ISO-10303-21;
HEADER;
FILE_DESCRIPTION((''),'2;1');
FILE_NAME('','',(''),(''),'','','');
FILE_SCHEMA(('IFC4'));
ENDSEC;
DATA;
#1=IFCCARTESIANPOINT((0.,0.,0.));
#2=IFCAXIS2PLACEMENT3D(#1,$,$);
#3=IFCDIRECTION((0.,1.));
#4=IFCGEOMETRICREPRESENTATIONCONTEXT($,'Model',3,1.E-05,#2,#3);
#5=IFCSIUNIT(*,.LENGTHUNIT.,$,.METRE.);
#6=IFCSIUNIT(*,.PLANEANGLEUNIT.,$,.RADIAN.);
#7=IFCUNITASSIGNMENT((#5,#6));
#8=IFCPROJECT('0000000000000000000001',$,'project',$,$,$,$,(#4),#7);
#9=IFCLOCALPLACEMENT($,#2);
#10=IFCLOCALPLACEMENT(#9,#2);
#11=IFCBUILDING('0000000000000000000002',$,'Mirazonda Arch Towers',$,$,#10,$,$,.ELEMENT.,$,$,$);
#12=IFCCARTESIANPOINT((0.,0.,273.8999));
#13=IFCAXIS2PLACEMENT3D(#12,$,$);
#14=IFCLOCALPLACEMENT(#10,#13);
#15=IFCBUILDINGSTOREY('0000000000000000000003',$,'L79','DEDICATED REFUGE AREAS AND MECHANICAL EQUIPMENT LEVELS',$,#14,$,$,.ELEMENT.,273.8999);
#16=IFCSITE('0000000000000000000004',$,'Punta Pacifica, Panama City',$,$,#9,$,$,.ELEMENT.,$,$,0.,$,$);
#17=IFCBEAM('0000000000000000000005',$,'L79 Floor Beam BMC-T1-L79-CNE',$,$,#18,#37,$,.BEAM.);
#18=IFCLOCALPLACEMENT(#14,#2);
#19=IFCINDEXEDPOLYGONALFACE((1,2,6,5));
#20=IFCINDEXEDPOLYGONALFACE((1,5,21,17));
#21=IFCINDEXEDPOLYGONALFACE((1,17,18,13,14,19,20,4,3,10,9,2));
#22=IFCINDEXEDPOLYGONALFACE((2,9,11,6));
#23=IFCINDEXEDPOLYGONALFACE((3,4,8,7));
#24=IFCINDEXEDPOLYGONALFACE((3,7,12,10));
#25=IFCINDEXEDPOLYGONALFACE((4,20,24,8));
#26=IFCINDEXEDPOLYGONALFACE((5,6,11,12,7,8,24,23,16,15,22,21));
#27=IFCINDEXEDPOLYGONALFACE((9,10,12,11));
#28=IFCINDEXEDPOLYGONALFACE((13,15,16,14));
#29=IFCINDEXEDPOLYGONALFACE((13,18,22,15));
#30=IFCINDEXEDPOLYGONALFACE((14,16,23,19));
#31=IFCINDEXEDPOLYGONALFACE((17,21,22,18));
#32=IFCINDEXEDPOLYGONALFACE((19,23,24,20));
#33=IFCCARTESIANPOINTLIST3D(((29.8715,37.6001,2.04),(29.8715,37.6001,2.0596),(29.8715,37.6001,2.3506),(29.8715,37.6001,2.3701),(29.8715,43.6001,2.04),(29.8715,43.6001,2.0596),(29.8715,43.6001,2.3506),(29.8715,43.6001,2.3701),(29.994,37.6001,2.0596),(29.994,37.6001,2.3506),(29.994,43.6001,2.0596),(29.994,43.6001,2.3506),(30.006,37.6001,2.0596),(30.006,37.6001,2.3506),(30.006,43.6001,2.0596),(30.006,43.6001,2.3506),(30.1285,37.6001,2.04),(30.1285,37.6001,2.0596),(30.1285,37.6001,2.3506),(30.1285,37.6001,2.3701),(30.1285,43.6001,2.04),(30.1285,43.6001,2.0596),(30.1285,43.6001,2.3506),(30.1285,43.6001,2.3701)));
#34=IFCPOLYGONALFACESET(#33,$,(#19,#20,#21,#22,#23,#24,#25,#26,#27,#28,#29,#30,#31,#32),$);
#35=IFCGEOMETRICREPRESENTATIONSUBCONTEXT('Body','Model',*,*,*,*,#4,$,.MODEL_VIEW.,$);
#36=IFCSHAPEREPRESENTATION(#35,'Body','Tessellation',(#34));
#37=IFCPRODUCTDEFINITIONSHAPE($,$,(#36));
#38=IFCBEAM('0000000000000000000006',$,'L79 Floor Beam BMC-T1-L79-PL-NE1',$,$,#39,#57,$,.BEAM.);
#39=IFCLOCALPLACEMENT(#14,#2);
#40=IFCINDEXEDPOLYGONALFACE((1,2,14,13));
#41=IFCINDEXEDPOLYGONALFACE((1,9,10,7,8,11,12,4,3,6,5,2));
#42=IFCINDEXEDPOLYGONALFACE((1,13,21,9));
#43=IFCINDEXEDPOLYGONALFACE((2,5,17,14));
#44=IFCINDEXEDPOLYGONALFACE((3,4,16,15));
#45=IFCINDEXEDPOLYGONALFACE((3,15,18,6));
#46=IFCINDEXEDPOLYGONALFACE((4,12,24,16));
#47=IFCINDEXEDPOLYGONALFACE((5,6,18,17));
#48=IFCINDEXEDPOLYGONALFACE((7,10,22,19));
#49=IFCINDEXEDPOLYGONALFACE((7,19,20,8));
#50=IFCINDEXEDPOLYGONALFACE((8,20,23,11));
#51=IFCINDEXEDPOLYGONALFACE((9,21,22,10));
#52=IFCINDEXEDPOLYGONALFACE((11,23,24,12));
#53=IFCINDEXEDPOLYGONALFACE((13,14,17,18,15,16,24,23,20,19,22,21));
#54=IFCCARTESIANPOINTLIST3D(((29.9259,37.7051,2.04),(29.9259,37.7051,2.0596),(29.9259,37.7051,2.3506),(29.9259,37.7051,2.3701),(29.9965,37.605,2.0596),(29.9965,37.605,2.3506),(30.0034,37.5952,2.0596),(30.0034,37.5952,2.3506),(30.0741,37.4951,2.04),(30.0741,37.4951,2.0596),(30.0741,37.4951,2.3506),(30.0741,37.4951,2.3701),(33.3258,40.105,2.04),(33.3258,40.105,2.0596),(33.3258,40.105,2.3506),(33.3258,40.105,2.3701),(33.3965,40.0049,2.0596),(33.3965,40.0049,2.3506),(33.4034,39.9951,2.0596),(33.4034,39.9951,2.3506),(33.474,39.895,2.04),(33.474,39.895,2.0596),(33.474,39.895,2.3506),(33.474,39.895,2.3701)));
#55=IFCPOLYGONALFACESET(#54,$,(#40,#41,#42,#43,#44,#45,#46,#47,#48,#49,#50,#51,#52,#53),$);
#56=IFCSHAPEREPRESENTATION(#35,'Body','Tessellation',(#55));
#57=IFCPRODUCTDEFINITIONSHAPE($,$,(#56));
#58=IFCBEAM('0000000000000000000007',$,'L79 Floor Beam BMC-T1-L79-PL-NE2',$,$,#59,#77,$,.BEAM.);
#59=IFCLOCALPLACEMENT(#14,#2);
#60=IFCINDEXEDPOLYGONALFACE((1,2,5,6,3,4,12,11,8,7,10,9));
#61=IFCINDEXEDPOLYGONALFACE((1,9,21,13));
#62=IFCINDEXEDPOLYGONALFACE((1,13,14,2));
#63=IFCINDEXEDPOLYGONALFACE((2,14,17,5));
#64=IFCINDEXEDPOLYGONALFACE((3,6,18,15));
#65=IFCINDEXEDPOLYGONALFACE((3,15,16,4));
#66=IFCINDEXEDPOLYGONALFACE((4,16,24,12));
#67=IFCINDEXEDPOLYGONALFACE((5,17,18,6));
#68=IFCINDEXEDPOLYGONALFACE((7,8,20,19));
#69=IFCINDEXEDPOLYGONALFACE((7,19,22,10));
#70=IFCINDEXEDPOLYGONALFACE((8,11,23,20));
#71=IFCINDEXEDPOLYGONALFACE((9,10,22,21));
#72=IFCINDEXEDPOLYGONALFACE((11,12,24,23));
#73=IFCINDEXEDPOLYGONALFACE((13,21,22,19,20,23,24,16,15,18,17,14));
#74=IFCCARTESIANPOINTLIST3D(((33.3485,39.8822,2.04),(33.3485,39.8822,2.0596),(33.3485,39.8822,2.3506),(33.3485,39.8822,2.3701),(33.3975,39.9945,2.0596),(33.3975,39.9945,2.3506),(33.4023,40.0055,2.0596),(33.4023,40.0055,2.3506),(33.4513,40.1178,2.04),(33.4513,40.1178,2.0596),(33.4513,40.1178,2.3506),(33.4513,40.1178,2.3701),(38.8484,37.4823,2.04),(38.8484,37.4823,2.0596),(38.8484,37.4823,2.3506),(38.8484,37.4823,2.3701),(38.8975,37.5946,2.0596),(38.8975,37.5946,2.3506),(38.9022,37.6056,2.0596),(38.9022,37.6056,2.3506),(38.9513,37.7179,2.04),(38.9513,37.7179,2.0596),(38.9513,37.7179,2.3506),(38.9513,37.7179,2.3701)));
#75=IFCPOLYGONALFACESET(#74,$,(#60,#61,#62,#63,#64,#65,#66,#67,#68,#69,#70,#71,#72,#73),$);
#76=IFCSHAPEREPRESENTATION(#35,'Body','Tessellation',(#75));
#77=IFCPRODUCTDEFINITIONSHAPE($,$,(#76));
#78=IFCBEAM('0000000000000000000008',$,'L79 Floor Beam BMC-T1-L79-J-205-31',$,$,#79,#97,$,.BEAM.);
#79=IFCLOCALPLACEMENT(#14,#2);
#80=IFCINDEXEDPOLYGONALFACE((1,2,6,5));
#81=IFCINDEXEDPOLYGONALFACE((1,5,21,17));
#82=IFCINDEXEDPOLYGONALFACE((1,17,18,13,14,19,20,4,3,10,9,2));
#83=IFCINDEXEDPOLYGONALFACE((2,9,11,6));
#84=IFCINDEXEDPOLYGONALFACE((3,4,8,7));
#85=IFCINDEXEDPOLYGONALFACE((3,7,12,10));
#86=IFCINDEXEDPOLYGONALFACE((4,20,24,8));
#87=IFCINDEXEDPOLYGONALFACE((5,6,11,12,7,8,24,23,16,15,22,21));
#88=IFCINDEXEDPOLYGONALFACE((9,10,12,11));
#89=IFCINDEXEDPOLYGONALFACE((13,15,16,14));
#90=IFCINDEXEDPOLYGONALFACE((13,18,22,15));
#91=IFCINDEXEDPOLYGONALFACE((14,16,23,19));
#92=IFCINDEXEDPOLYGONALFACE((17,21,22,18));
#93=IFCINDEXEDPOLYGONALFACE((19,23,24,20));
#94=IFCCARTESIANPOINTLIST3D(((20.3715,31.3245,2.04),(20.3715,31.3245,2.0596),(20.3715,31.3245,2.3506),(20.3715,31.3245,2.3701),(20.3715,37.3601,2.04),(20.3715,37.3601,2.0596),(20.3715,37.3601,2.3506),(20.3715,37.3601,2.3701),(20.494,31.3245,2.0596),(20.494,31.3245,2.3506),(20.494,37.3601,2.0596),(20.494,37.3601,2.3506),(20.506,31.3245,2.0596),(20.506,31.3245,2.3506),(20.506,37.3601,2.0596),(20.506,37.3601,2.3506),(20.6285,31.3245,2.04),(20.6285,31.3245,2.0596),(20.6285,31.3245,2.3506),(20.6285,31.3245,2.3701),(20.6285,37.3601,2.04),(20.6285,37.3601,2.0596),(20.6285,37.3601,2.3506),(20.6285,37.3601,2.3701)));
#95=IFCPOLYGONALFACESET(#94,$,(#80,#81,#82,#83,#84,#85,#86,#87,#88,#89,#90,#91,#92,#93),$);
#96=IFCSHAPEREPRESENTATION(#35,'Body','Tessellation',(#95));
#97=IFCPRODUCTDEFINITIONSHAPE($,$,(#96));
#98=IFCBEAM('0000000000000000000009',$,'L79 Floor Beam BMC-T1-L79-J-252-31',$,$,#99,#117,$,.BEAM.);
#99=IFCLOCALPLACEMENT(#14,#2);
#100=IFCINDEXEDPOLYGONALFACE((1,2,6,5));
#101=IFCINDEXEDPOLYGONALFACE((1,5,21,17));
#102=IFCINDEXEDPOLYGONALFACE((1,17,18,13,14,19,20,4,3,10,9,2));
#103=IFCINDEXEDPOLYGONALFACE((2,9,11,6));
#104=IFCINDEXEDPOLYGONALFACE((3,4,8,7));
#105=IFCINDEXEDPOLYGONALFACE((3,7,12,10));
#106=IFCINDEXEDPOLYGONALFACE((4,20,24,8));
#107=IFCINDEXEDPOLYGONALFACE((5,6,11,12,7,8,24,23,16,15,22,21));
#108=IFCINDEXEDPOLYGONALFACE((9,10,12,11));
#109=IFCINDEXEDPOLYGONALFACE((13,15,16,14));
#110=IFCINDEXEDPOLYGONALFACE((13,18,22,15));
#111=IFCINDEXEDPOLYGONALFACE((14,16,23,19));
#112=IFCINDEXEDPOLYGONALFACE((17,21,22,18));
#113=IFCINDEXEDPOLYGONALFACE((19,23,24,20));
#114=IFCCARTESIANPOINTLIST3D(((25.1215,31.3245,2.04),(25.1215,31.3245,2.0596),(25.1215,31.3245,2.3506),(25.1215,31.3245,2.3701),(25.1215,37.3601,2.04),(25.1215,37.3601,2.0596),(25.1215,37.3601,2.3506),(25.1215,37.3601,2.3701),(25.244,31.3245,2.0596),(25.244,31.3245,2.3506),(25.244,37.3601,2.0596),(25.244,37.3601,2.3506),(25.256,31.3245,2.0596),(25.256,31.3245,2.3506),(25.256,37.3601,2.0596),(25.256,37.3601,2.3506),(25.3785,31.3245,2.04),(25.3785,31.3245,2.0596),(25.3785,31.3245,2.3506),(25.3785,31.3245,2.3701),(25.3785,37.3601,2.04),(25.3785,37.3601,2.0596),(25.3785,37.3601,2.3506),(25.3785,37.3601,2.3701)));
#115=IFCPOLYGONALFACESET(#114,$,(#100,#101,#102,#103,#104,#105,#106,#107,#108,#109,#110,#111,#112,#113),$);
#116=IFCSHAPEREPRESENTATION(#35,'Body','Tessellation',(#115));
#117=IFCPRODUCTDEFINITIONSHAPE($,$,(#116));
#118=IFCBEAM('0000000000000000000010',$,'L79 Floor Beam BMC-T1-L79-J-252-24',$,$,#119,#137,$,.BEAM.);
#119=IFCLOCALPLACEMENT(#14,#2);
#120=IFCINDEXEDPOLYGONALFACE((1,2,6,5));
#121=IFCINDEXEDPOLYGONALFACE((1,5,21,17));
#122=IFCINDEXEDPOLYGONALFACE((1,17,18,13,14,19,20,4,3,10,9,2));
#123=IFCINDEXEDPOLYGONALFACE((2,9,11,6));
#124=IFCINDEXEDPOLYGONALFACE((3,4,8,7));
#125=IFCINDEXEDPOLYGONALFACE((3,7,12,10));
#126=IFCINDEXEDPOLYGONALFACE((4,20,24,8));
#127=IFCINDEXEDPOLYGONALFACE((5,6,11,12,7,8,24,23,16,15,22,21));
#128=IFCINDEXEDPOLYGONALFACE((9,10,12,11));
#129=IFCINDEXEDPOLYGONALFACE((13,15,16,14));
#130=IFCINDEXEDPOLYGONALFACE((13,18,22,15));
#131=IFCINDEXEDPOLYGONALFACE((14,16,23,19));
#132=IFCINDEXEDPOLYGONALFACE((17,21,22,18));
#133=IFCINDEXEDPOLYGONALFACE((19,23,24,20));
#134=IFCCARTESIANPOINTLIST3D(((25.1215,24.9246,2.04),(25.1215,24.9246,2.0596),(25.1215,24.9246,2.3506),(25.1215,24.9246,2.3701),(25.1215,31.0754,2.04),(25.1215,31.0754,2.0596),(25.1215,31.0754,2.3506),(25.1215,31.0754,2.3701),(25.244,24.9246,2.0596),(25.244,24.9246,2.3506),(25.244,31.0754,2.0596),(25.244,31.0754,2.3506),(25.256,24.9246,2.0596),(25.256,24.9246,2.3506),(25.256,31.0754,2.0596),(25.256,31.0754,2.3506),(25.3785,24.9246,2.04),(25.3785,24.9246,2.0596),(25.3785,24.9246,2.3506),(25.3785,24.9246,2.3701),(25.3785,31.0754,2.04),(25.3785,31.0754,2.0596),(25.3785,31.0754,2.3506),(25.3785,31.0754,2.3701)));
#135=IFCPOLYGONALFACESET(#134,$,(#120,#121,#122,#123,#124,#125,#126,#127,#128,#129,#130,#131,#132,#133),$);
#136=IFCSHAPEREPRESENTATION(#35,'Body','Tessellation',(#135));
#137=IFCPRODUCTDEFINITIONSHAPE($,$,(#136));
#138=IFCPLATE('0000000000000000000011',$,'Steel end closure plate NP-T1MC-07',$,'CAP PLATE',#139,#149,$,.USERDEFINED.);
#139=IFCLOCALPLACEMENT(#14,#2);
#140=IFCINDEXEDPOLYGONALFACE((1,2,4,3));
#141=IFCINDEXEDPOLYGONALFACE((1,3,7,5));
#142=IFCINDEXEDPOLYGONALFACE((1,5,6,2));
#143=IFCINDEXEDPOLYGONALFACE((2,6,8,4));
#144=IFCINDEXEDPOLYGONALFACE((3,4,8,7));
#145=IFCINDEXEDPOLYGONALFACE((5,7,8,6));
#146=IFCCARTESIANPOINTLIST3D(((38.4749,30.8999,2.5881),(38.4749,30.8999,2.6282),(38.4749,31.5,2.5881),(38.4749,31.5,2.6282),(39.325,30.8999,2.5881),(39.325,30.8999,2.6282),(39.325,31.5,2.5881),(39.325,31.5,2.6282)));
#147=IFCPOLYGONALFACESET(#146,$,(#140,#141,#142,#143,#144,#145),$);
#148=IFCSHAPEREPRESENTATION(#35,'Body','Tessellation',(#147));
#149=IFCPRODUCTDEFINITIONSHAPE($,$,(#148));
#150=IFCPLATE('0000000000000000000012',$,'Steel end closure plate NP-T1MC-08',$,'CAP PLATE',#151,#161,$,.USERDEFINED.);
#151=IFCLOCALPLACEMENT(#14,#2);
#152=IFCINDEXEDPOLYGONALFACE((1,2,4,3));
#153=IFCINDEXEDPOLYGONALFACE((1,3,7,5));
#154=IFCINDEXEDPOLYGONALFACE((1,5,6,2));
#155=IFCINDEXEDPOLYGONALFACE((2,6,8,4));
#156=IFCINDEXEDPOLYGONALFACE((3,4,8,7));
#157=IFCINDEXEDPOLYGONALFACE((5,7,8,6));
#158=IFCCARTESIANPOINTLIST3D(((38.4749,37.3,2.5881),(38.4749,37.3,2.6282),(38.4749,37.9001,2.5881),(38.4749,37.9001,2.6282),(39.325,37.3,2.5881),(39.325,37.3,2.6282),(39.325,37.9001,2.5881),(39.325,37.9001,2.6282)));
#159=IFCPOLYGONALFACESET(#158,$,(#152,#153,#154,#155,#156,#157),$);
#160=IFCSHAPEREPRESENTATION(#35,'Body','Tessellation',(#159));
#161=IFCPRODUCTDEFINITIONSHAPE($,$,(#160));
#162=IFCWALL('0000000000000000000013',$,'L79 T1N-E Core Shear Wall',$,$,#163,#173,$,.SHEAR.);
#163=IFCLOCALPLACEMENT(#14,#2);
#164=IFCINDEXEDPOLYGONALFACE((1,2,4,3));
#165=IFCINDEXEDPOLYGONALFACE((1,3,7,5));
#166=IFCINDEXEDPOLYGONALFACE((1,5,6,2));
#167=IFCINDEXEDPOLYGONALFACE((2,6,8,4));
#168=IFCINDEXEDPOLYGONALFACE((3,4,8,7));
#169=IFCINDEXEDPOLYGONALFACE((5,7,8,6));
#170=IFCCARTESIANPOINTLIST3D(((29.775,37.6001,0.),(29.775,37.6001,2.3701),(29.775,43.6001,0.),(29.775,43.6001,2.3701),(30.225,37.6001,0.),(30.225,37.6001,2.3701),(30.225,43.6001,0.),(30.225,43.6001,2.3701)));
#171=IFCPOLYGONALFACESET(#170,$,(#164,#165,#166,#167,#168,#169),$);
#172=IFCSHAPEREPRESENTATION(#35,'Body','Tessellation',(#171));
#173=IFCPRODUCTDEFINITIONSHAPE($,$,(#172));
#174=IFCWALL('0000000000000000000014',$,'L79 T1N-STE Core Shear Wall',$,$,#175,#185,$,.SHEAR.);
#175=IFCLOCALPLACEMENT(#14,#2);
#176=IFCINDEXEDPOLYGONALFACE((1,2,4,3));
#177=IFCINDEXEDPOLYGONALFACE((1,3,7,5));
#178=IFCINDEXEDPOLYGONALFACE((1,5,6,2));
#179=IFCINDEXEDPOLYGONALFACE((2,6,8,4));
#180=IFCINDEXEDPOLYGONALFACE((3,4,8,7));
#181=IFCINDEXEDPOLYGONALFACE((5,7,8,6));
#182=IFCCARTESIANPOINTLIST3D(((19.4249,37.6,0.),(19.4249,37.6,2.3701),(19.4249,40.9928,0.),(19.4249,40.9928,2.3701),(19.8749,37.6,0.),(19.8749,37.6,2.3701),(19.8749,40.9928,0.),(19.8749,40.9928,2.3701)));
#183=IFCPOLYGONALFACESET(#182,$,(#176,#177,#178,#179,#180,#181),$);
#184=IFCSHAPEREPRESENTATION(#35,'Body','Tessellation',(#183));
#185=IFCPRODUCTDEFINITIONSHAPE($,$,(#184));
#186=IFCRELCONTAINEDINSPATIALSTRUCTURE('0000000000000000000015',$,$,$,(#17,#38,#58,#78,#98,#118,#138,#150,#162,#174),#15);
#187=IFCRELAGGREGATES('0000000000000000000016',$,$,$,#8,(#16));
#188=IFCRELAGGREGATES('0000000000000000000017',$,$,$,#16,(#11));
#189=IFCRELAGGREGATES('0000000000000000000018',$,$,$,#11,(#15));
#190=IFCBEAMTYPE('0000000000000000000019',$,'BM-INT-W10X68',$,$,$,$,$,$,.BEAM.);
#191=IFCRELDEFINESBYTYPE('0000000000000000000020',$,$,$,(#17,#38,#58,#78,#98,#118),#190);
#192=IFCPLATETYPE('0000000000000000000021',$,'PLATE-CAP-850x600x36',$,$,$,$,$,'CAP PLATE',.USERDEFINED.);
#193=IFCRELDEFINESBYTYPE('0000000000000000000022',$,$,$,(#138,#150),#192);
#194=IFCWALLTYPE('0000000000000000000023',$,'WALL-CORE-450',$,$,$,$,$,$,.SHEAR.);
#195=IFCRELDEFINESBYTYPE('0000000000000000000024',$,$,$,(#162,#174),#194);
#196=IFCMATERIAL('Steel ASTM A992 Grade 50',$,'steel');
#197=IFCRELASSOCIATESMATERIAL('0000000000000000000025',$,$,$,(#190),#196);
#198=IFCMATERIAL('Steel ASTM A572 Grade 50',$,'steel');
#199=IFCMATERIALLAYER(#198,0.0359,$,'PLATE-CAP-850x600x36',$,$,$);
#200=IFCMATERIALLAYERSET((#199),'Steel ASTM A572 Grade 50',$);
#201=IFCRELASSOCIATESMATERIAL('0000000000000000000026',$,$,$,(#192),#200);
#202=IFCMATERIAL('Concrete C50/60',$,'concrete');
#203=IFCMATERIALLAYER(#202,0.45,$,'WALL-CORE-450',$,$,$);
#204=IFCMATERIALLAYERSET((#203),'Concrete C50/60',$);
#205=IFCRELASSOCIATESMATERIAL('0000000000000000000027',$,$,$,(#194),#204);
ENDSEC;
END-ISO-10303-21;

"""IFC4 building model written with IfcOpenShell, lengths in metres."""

from ifc_helpers import new_model, si_unit, direction, frame, frame_2d, origin, origin_2d, place, context, subcontext, project, spatial, rectangle, i_section, extrude, material, layer, layer_set, material_profile, profile_set, type_object, element, save


model = new_model("IFC4")

# Units and contexts
model_context = context("Model", 3, precision=1e-05, world=origin(), true_north=direction((0.0, 1.0)))
body_context = subcontext(model_context, "Body", "Model", "MODEL_VIEW")
ifc_project = project(units=[si_unit("LENGTHUNIT", "METRE"), si_unit("PLANEANGLEUNIT", "RADIAN")], contexts=[model_context])

# Site, building, storey
site_placement = place(None, origin())
site = spatial("IfcSite", under=ifc_project, at=site_placement, Name="Punta Pacifica, Panama City", CompositionType="ELEMENT", RefElevation=0.0)
building_placement = place(site_placement, origin())
building = spatial("IfcBuilding", under=site, at=building_placement, Name="Mirazonda Arch Towers", CompositionType="ELEMENT")
storey_placement = place(building_placement, frame((0.0, 0.0, 273.8999)))
storey = spatial("IfcBuildingStorey", under=building, at=storey_placement, Name="L79", Description="DEDICATED REFUGE AREAS AND MECHANICAL EQUIPMENT LEVELS", CompositionType="ELEMENT", Elevation=273.8999)

# Shared definitions
ifc_material_1 = material(Name="Concrete C50/60", Category="concrete")
ifc_material_2 = material(Name="Steel ASTM A572 Grade 50", Category="steel")

# Beams
ifc_material_3 = material(Name="Steel ASTM A992 Grade 50", Category="steel")
ifc_material_profile_1 = material_profile(ifc_material_3, i_section(OverallWidth=0.2571, OverallDepth=0.3301, WebThickness=0.012, FlangeThickness=0.0195, at=origin_2d()), Name="W10X68")
ifc_profile_set_1 = profile_set([ifc_material_profile_1], Name="Steel ASTM A992 Grade 50")
beam_type_1 = type_object("IfcBeamType", Name="BM-INT-W10X68", PredefinedType="BEAM", material=ifc_profile_set_1)
beam_1_placement = place(storey_placement, frame((30.0, 37.6001, 2.2051), z_axis=(0.0, 1.0, 0.0), x_axis=(-1.0, 0.0, 0.0)))
element("IfcBeam", 1, at=beam_1_placement, inside=storey, type_object=beam_type_1, Name="L79 Floor Beam BMC-T1-L79-CNE", PredefinedType="BEAM", context=body_context, shape_type="SweptSolid", body=[
    extrude(i_section(OverallWidth=0.2571, OverallDepth=0.3301, WebThickness=0.012, FlangeThickness=0.0195, at=origin_2d()), origin(), (0.0, 0.0, 1.0), 6.0),
])
beam_2_placement = place(storey_placement, frame((33.3999, 40.0, 2.2051), z_axis=(-0.816971, -0.576679, 0.0), x_axis=(0.576679, -0.816971, 0.0)))
element("IfcBeam", 2, at=beam_2_placement, inside=storey, type_object=beam_type_1, Name="L79 Floor Beam BMC-T1-L79-PL-NE1", PredefinedType="BEAM", context=body_context, shape_type="SweptSolid", body=[
    extrude(i_section(OverallWidth=0.2571, OverallDepth=0.3301, WebThickness=0.012, FlangeThickness=0.0195, at=origin_2d()), origin(), (0.0, 0.0, 1.0), 4.1616),
])
beam_3_placement = place(storey_placement, frame((33.3999, 40.0, 2.2051), z_axis=(0.916545, -0.399931, 0.0), x_axis=(0.399931, 0.916545, 0.0)))
element("IfcBeam", 3, at=beam_3_placement, inside=storey, type_object=beam_type_1, Name="L79 Floor Beam BMC-T1-L79-PL-NE2", PredefinedType="BEAM", context=body_context, shape_type="SweptSolid", body=[
    extrude(i_section(OverallWidth=0.2571, OverallDepth=0.3301, WebThickness=0.012, FlangeThickness=0.0195, at=origin_2d()), origin(), (0.0, 0.0, 1.0), 6.0007),
])
for number, where, z_axis, x_axis, name in (
    (4, (20.5, 31.3245, 2.2051), (0.0, 1.0, 0.0), (-1.0, 0.0, 0.0), "L79 Floor Beam BMC-T1-L79-J-205-31"),
    (5, (25.25, 31.3245, 2.2051), (0.0, 1.0, 0.0), (-1.0, 0.0, 0.0), "L79 Floor Beam BMC-T1-L79-J-252-31"),
):
    element("IfcBeam", number, at=place(storey_placement, frame(where, z_axis=z_axis, x_axis=x_axis)), inside=storey, type_object=beam_type_1, Name=name, PredefinedType="BEAM", context=body_context, shape_type="SweptSolid", body=[
        extrude(i_section(OverallWidth=0.2571, OverallDepth=0.3301, WebThickness=0.012, FlangeThickness=0.0195, at=origin_2d()), origin(), (0.0, 0.0, 1.0), 6.0356),
    ])
beam_4_placement = place(storey_placement, frame((25.25, 24.9246, 2.2051), z_axis=(0.0, 1.0, 0.0), x_axis=(-1.0, 0.0, 0.0)))
element("IfcBeam", 6, at=beam_4_placement, inside=storey, type_object=beam_type_1, Name="L79 Floor Beam BMC-T1-L79-J-252-24", PredefinedType="BEAM", context=body_context, shape_type="SweptSolid", body=[
    extrude(i_section(OverallWidth=0.2571, OverallDepth=0.3301, WebThickness=0.012, FlangeThickness=0.0195, at=origin_2d()), origin(), (0.0, 0.0, 1.0), 6.1509),
])

# Plates
ifc_layer_1 = layer(ifc_material_2, 0.0359, Name="PLATE-CAP-850x600x36")
ifc_layer_set_1 = layer_set([ifc_layer_1], Name="Steel ASTM A572 Grade 50")
plate_type = type_object("IfcPlateType", Name="PLATE-CAP-850x600x36", ElementType="CAP PLATE", PredefinedType="USERDEFINED", material=ifc_layer_set_1)
for number, where, z_axis, x_axis, name in (
    (7, (38.8999, 31.2, 2.5881), (0.0, 0.0, 1.0), (1.0, 0.0, 0.0), "Steel end closure plate NP-T1MC-07"),
    (8, (38.8999, 37.6001, 2.5881), (0.0, 0.0, 1.0), (1.0, 0.0, 0.0), "Steel end closure plate NP-T1MC-08"),
):
    element("IfcPlate", number, at=place(storey_placement, frame(where, z_axis=z_axis, x_axis=x_axis)), inside=storey, type_object=plate_type, Name=name, ObjectType="CAP PLATE", PredefinedType="USERDEFINED", context=body_context, shape_type="SweptSolid", body=[
        extrude(rectangle(XDim=0.8501, YDim=0.6001, at=origin_2d()), origin(), (0.0, 0.0, 1.0), 0.04),
    ])

# Walls
ifc_layer_2 = layer(ifc_material_1, 0.45, Name="WALL-CORE-450")
ifc_layer_set_2 = layer_set([ifc_layer_2], Name="Concrete C50/60")
wall_type_1 = type_object("IfcWallType", Name="WALL-CORE-450", PredefinedType="SHEAR", material=ifc_layer_set_2)
wall_1_placement = place(storey_placement, frame((30.0, 37.6001, 0.0), z_axis=(0.0, 0.0, 1.0), x_axis=(0.0, 1.0, 0.0)))
element("IfcWall", 9, at=wall_1_placement, inside=storey, type_object=wall_type_1, Name="L79 T1N-E Core Shear Wall", PredefinedType="SHEAR", context=body_context, shape_type="SweptSolid", body=[
    extrude(rectangle(XDim=6.0, YDim=0.45, at=frame_2d((3.0, 0.0))), origin(), (0.0, 0.0, 1.0), 2.3701),
])
wall_2_placement = place(storey_placement, frame((19.6499, 37.6001, 0.0), z_axis=(0.0, 0.0, 1.0), x_axis=(0.0, 1.0, 0.0)))
element("IfcWall", 10, at=wall_2_placement, inside=storey, type_object=wall_type_1, Name="L79 T1N-STE Core Shear Wall", PredefinedType="SHEAR", context=body_context, shape_type="SweptSolid", body=[
    extrude(rectangle(XDim=3.3928, YDim=0.45, at=frame_2d((1.6963, 0.0))), origin(), (0.0, 0.0, 1.0), 2.3701),
])

save(model, "model.ifc")
